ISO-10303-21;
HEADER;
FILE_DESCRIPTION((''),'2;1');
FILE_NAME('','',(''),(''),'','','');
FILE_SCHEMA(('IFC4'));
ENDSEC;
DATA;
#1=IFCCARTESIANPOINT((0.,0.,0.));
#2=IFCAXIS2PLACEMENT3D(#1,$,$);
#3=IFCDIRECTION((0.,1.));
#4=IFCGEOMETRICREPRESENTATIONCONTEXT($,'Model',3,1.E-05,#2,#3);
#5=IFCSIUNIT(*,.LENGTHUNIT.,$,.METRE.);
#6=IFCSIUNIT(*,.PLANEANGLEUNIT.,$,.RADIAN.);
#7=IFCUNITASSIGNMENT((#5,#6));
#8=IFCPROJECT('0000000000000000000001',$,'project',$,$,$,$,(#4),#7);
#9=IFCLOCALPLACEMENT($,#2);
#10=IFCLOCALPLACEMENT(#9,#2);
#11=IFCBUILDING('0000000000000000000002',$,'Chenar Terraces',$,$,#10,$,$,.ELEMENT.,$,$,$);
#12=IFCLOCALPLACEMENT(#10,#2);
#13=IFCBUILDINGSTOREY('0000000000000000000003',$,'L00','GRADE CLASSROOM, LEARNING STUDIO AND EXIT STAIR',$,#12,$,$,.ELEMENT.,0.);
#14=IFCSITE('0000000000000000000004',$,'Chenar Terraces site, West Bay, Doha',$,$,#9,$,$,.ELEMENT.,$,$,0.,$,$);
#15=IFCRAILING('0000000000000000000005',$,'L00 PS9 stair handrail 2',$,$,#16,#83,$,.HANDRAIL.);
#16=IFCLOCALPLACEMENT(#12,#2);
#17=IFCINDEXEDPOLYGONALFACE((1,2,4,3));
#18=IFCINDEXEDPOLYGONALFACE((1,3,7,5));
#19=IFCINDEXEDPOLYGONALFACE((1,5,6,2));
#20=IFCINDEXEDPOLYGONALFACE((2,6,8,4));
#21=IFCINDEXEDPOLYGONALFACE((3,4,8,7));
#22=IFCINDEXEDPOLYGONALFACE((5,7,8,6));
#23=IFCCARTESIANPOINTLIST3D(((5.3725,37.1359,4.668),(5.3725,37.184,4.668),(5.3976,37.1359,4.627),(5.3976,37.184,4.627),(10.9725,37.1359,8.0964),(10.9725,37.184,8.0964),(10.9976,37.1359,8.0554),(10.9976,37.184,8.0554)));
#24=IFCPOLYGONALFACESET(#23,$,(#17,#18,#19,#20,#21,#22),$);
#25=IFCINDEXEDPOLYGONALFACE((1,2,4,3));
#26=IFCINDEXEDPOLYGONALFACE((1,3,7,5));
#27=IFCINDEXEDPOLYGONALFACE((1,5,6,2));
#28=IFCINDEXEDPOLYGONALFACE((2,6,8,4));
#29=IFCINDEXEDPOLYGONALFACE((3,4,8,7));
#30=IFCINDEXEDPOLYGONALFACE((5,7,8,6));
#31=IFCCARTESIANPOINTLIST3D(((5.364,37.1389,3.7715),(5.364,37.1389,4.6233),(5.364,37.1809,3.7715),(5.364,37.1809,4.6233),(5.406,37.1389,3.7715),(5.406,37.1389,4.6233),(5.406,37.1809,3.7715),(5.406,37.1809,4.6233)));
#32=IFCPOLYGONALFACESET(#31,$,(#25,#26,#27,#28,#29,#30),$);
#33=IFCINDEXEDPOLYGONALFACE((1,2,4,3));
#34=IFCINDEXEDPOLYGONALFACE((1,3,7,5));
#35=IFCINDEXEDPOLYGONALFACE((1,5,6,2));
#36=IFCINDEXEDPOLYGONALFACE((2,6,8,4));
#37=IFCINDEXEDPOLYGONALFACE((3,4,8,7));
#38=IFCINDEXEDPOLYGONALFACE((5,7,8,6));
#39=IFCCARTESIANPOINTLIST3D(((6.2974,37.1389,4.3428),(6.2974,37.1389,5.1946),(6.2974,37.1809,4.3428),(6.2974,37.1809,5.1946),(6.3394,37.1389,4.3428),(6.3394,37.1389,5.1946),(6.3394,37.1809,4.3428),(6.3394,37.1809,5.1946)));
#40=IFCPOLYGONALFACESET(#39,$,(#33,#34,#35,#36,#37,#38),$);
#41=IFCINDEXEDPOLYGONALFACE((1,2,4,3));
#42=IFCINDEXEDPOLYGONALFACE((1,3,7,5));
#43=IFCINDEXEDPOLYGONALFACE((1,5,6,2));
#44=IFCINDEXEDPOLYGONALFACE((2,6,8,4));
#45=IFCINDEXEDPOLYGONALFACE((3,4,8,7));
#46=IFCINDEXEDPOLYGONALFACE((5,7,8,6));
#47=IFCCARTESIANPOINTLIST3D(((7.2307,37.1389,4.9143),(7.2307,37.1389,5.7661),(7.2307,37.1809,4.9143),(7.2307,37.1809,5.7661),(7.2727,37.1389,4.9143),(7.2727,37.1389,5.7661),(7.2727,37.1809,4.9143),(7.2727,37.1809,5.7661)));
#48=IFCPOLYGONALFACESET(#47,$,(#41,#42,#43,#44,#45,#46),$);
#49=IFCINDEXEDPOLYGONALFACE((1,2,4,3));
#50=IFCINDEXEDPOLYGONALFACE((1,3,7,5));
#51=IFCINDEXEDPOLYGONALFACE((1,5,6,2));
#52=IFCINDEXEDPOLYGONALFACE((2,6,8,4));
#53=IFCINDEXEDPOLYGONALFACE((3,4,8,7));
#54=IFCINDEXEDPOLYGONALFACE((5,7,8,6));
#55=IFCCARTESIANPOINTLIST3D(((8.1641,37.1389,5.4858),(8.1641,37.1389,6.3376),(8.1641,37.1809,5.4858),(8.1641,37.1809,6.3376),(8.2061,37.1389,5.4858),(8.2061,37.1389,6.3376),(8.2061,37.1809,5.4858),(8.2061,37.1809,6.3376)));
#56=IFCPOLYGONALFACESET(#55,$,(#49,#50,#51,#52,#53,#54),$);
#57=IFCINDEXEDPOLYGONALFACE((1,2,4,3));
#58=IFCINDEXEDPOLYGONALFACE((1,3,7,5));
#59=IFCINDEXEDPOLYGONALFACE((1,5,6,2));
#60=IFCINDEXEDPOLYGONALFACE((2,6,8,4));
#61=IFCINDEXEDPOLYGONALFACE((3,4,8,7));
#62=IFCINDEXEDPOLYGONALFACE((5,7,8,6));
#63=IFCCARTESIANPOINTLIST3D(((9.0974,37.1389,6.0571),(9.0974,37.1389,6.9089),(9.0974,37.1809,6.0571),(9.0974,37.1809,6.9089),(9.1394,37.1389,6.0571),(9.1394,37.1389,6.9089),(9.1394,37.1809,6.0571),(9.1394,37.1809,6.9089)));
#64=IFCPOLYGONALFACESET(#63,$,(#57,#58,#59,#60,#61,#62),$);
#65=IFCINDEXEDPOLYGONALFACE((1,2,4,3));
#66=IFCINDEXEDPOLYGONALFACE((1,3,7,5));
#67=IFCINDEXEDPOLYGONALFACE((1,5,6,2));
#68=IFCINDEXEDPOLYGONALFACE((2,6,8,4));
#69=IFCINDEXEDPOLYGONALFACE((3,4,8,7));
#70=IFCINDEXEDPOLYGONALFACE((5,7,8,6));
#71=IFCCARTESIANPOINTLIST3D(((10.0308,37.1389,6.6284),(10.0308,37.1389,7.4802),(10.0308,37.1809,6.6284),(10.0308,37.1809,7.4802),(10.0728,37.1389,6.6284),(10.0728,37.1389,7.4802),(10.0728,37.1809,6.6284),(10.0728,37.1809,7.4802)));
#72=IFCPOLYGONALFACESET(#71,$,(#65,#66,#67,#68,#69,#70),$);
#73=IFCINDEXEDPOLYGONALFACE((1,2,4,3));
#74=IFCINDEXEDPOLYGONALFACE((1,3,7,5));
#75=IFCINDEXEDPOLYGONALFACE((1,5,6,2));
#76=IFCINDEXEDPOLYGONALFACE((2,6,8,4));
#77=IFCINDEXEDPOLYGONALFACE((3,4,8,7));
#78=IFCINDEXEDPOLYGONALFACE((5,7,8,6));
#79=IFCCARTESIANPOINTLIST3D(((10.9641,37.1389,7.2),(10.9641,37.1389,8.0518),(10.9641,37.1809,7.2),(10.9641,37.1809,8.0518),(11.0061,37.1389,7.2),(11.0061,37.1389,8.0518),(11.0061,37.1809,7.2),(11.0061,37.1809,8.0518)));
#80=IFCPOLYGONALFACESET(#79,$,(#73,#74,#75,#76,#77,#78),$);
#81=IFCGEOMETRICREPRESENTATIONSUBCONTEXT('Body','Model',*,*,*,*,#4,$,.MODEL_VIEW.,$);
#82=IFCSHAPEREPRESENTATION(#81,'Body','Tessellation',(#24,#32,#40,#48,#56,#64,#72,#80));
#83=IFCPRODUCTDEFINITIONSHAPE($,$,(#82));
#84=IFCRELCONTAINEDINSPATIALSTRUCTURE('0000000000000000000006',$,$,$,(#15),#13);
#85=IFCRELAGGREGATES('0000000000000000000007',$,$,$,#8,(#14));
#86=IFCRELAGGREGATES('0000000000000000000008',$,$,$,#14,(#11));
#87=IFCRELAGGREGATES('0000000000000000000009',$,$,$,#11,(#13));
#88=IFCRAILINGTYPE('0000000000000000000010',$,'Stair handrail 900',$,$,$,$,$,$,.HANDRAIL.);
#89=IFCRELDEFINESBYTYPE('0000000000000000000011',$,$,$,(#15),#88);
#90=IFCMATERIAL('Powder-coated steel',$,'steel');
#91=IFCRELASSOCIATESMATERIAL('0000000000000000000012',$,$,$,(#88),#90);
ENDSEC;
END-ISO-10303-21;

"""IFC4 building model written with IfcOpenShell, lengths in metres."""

from ifc_helpers import new_model, si_unit, direction, frame, origin, origin_2d, place, context, subcontext, project, spatial, rectangle, extrude, material, type_object, element, save


model = new_model("IFC4")

# Units and contexts
model_context = context("Model", 3, precision=1e-05, world=origin(), true_north=direction((0.0, 1.0)))
body_context = subcontext(model_context, "Body", "Model", "MODEL_VIEW")
ifc_project = project(units=[si_unit("LENGTHUNIT", "METRE"), si_unit("PLANEANGLEUNIT", "RADIAN")], contexts=[model_context])

# Site, building, storey
site_placement = place(None, origin())
site = spatial("IfcSite", under=ifc_project, at=site_placement, Name="Chenar Terraces site, West Bay, Doha", CompositionType="ELEMENT", RefElevation=0.0)
building_placement = place(site_placement, origin())
building = spatial("IfcBuilding", under=site, at=building_placement, Name="Chenar Terraces", CompositionType="ELEMENT")
storey_placement = place(building_placement, origin())
storey = spatial("IfcBuildingStorey", under=building, at=storey_placement, Name="L00", Description="GRADE CLASSROOM, LEARNING STUDIO AND EXIT STAIR", CompositionType="ELEMENT", Elevation=0.0)

# Railing
ifc_material_1 = material(Name="Powder-coated steel", Category="steel")
railing_type_1 = type_object("IfcRailingType", Name="Stair handrail 900", PredefinedType="HANDRAIL", material=ifc_material_1)
railing_1_placement = place(storey_placement, frame((5.385, 37.1599, 3.7715)))
element("IfcRailing", 1, at=railing_1_placement, inside=storey, type_object=railing_type_1, Name="L00 PS9 stair handrail 2", PredefinedType="HANDRAIL", context=body_context, shape_type="SweptSolid", body=[
    extrude(rectangle(XDim=0.0481, YDim=0.0481, at=origin_2d()), frame((0.0, 0.0, 0.876), z_axis=(0.852862, 0.0, 0.522136), x_axis=(0.0, 1.0, 0.0)), (0.0, 0.0, 1.0), 6.5662),
    extrude(rectangle(XDim=0.042, YDim=0.042, at=origin_2d()), origin(), (0.0, 0.0, 1.0), 0.8518),
    extrude(rectangle(XDim=0.042, YDim=0.042, at=origin_2d()), frame((0.9333, 0.0, 0.5713)), (0.0, 0.0, 1.0), 0.8518),
    extrude(rectangle(XDim=0.042, YDim=0.042, at=origin_2d()), frame((1.8667, 0.0, 1.1428)), (0.0, 0.0, 1.0), 0.8518),
    extrude(rectangle(XDim=0.042, YDim=0.042, at=origin_2d()), frame((2.8, 0.0, 1.7144)), (0.0, 0.0, 1.0), 0.8518),
    extrude(rectangle(XDim=0.042, YDim=0.042, at=origin_2d()), frame((3.7334, 0.0, 2.2856)), (0.0, 0.0, 1.0), 0.8518),
    extrude(rectangle(XDim=0.042, YDim=0.042, at=origin_2d()), frame((4.6667, 0.0, 2.8569)), (0.0, 0.0, 1.0), 0.8518),
    extrude(rectangle(XDim=0.042, YDim=0.042, at=origin_2d()), frame((5.6001, 0.0, 3.4285)), (0.0, 0.0, 1.0), 0.8518),
])

save(model, "model.ifc")
